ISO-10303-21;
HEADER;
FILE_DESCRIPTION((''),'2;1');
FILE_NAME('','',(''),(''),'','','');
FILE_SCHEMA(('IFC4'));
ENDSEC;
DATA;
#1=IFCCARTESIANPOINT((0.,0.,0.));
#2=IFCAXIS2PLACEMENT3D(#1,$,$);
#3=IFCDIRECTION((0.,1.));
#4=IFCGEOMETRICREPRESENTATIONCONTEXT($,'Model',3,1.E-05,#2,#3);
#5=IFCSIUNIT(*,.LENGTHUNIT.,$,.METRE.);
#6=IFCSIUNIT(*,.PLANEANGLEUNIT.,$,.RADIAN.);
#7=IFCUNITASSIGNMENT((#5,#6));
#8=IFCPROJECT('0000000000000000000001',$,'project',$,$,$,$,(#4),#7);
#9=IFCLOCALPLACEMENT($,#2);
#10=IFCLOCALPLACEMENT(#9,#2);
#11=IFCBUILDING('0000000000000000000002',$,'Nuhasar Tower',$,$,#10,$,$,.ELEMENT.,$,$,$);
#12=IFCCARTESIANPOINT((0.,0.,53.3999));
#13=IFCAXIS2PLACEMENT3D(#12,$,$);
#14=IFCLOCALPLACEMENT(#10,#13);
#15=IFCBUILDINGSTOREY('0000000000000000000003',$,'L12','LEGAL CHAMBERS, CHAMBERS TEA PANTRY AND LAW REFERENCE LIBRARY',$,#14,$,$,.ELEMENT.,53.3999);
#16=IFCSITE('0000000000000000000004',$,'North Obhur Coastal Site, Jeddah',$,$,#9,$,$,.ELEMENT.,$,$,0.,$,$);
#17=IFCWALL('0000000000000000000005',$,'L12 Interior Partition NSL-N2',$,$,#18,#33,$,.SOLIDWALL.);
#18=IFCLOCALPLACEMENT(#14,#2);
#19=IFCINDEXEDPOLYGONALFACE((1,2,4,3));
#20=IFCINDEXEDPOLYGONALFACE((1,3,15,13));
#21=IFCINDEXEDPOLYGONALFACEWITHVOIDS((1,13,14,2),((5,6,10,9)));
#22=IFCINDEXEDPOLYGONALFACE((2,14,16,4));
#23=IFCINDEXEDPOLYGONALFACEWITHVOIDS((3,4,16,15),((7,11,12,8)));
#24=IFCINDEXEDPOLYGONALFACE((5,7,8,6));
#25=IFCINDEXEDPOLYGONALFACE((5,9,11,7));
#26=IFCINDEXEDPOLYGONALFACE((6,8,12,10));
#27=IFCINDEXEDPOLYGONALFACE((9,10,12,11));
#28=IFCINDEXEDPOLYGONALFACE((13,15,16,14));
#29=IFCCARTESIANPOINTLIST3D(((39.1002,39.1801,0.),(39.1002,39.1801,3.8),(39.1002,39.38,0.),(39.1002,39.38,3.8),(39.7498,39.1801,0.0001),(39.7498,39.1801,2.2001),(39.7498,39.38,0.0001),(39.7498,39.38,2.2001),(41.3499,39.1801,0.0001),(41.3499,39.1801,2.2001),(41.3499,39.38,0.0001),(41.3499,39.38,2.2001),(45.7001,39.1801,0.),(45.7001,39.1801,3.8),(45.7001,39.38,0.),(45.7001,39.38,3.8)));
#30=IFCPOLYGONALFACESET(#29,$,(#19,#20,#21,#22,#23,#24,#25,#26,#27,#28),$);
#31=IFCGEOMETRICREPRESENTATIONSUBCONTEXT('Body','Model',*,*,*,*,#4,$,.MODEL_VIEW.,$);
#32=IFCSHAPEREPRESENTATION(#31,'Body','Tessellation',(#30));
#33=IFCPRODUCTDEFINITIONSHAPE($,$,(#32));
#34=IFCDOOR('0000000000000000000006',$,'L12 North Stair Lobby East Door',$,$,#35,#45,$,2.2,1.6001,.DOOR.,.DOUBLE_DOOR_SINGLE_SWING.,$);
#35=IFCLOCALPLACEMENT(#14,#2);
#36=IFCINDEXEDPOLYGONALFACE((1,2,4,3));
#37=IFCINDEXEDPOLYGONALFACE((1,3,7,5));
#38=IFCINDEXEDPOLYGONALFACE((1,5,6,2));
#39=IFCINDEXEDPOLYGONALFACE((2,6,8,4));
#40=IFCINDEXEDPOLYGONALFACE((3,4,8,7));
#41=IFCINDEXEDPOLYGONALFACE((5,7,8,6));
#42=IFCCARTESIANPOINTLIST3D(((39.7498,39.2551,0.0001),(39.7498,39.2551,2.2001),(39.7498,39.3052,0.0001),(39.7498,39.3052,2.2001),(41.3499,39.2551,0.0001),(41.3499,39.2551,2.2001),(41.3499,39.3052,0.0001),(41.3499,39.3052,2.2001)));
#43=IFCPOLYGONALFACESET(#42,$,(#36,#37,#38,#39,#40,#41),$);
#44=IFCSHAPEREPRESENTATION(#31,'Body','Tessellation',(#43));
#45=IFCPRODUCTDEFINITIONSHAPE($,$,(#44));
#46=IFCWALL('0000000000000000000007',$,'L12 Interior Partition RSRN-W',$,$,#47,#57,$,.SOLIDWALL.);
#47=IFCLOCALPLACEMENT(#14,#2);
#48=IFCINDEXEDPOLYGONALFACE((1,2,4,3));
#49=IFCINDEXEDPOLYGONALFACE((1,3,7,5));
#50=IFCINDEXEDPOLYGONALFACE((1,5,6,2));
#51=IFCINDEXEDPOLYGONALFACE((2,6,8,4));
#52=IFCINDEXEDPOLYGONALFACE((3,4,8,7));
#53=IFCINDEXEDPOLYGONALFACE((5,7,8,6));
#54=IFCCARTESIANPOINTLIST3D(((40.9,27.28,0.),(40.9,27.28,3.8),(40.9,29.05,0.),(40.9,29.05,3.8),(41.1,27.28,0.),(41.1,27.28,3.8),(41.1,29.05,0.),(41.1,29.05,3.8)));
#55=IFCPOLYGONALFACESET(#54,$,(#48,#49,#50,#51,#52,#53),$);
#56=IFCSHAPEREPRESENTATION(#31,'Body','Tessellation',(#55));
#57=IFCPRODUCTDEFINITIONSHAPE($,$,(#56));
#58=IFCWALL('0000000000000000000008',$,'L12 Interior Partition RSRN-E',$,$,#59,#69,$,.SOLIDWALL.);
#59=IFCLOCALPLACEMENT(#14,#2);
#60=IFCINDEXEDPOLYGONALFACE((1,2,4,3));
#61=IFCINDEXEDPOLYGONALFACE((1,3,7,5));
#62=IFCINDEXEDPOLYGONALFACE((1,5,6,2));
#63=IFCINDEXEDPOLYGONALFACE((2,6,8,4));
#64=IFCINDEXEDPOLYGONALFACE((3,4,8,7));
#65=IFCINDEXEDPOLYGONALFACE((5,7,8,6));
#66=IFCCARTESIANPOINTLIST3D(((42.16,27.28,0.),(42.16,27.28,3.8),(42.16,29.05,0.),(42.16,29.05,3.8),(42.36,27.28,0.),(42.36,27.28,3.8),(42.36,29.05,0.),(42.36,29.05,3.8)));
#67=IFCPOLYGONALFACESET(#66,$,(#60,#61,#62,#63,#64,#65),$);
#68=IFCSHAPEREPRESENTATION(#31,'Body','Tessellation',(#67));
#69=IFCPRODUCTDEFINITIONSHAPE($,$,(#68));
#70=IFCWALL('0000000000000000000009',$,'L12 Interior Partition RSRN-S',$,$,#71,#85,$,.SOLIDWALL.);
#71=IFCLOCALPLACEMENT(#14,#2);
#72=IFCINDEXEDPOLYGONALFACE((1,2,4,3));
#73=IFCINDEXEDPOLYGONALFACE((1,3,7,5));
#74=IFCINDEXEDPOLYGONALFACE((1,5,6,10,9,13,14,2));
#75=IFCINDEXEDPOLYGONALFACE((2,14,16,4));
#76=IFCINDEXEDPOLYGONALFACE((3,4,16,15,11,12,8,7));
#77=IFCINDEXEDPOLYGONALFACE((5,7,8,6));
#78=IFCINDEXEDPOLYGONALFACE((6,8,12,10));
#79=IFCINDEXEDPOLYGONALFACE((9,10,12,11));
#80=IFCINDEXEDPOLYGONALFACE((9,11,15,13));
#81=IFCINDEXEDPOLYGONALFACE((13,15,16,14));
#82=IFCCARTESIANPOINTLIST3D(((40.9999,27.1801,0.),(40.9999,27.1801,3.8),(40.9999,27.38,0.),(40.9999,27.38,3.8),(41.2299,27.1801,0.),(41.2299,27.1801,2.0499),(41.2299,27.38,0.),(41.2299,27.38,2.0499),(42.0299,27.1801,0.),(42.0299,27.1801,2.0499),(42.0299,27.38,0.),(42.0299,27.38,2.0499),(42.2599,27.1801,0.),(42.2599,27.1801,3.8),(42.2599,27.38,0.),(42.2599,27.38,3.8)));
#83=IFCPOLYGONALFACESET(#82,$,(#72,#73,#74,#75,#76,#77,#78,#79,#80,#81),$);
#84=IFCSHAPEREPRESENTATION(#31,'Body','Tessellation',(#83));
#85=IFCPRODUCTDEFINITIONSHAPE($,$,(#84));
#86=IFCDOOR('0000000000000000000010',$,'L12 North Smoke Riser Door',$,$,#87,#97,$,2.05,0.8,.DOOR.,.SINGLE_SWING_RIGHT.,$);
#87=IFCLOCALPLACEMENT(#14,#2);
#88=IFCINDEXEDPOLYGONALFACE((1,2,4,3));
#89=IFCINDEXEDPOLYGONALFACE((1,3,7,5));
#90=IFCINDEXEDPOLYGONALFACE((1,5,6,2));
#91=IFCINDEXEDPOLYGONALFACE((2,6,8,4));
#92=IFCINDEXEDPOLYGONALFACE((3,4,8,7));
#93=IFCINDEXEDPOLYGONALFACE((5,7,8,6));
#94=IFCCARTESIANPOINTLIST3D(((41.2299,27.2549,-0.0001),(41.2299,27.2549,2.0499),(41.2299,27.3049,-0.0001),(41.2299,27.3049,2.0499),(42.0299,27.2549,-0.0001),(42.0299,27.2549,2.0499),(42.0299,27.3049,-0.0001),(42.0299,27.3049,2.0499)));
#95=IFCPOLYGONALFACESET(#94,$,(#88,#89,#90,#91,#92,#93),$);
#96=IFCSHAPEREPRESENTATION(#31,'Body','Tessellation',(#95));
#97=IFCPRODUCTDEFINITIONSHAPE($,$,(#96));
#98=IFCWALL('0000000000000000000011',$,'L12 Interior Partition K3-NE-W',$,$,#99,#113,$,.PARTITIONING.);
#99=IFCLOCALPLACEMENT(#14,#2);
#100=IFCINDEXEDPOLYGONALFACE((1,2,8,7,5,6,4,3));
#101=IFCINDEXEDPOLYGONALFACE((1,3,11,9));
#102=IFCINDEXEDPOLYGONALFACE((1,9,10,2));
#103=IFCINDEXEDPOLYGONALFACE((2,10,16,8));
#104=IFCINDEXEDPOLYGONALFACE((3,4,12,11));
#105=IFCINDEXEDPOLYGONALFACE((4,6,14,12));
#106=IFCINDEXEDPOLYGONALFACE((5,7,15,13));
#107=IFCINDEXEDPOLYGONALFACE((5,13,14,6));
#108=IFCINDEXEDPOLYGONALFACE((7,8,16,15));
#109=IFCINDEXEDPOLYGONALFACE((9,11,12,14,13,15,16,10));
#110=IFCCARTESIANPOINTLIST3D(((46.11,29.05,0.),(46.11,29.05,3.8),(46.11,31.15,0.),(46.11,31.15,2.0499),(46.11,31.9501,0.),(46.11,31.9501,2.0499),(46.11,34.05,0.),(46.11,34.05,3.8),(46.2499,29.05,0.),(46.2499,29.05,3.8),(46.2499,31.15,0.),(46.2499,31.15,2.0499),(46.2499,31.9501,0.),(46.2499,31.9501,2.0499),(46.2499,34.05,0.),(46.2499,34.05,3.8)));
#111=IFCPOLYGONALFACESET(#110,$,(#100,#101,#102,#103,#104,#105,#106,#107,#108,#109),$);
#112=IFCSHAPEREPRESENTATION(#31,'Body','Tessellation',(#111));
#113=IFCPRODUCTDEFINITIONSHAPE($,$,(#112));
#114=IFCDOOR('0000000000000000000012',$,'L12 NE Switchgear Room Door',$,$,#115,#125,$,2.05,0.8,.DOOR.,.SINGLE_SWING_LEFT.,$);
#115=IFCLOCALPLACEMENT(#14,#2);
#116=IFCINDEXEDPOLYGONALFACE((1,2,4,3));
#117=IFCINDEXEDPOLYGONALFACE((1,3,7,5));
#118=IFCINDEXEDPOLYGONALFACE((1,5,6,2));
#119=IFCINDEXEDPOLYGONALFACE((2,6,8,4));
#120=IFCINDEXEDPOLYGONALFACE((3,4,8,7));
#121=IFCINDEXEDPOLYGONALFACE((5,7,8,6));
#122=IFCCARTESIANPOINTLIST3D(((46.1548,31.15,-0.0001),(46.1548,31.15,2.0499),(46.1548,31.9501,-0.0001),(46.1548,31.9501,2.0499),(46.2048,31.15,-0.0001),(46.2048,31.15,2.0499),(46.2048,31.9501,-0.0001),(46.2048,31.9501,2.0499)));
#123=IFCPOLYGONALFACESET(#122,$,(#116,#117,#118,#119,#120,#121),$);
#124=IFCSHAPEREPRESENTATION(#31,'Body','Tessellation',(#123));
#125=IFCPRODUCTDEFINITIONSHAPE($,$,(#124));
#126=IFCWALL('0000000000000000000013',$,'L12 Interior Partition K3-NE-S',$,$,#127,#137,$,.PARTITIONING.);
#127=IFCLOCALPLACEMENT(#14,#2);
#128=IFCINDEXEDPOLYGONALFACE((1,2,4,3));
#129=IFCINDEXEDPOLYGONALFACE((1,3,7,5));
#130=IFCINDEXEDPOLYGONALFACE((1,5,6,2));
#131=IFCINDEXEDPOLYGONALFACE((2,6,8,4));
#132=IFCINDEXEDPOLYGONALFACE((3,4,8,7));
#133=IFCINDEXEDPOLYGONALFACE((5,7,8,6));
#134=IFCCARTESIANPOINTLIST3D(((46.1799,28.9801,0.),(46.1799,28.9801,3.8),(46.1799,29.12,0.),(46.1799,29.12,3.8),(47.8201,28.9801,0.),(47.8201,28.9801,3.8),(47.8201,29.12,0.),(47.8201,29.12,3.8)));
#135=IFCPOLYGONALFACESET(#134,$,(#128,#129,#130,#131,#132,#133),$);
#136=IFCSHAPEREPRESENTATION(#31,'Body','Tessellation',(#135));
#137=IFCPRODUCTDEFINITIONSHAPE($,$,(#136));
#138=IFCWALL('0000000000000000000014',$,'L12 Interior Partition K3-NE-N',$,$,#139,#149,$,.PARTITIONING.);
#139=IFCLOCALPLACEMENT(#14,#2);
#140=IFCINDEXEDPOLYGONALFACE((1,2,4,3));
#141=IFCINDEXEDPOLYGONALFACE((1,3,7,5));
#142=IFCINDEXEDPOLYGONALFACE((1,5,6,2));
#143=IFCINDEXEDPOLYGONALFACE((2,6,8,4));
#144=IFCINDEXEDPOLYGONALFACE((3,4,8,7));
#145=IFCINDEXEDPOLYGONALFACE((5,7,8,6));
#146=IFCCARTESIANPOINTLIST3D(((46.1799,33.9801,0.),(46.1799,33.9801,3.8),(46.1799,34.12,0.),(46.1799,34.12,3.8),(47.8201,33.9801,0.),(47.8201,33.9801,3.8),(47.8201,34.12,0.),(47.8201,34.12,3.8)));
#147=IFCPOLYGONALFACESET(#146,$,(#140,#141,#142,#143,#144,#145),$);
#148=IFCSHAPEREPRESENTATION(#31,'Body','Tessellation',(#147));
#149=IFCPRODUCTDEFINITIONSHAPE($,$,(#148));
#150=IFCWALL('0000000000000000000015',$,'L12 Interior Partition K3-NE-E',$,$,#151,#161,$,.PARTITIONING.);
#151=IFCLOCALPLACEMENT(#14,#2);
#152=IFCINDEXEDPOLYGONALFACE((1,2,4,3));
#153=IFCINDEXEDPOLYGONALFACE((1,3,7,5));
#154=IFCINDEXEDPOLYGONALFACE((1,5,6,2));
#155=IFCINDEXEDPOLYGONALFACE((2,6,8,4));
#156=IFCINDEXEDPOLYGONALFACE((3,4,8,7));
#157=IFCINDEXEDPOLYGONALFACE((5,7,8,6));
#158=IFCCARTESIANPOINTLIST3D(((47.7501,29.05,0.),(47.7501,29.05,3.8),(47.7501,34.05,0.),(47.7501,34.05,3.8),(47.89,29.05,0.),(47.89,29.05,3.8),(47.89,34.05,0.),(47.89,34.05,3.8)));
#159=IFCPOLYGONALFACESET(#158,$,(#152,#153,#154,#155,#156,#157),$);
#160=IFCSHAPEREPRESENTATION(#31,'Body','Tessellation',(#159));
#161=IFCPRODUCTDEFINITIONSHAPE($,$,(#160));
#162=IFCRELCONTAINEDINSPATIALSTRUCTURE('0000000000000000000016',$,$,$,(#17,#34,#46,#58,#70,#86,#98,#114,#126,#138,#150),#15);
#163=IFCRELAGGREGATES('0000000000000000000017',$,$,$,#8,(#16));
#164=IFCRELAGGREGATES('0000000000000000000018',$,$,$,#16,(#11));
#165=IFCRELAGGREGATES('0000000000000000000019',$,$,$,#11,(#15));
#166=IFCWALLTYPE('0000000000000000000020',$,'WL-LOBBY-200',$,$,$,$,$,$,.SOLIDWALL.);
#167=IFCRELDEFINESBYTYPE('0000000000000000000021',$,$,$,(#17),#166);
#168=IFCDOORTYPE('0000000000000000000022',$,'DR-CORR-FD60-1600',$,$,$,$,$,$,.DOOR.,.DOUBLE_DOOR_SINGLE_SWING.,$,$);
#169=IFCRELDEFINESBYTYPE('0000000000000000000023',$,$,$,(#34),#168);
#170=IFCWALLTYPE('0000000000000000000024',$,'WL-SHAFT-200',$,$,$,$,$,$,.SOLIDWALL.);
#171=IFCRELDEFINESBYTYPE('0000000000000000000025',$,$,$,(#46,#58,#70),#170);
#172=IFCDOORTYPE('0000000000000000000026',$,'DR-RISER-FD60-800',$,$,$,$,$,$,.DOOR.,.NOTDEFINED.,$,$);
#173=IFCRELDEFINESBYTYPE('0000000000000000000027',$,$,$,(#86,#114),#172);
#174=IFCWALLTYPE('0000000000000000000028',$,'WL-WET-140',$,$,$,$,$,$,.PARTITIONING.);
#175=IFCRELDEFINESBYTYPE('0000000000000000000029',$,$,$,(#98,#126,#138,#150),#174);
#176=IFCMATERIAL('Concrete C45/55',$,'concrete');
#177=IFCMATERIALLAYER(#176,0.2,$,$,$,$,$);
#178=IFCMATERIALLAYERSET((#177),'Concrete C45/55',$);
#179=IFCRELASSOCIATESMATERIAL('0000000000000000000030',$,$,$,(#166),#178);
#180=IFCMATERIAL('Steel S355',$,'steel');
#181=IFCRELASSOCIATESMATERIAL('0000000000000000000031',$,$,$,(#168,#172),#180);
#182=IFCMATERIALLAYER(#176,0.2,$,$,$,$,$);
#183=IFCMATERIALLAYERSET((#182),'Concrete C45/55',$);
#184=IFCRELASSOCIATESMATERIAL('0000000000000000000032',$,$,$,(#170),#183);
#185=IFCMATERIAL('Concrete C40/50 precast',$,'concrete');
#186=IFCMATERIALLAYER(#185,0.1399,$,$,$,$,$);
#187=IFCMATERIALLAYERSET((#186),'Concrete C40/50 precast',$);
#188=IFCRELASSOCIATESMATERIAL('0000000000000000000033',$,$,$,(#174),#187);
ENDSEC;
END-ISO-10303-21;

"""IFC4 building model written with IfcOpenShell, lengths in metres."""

from ifc_helpers import new_model, si_unit, direction, frame, frame_2d, origin, place, context, subcontext, project, spatial, rectangle, extrude, material, layer, layer_set, type_object, element, fill, save


model = new_model("IFC4")

# Units and contexts
model_context = context("Model", 3, precision=1e-05, world=origin(), true_north=direction((0.0, 1.0)))
body_context = subcontext(model_context, "Body", "Model", "MODEL_VIEW")
ifc_project = project(units=[si_unit("LENGTHUNIT", "METRE"), si_unit("PLANEANGLEUNIT", "RADIAN")], contexts=[model_context])

# Site, building, storey
site_placement = place(None, origin())
site = spatial("IfcSite", under=ifc_project, at=site_placement, Name="North Obhur Coastal Site, Jeddah", CompositionType="ELEMENT", RefElevation=0.0)
building_placement = place(site_placement, origin())
building = spatial("IfcBuilding", under=site, at=building_placement, Name="Nuhasar Tower", CompositionType="ELEMENT")
storey_placement = place(building_placement, frame((0.0, 0.0, 53.3999)))
storey = spatial("IfcBuildingStorey", under=building, at=storey_placement, Name="L12", Description="LEGAL CHAMBERS, CHAMBERS TEA PANTRY AND LAW REFERENCE LIBRARY", CompositionType="ELEMENT", Elevation=53.3999)

# Shared definitions
ifc_material_1 = material(Name="Steel S355", Category="steel")

# Shared definitions
ifc_material_2 = material(Name="Concrete C45/55", Category="concrete")
ifc_layer_1 = layer(ifc_material_2, 0.2)
ifc_layer_set_1 = layer_set([ifc_layer_1], Name="Concrete C45/55")
wall_type_1 = type_object("IfcWallType", Name="WL-LOBBY-200", PredefinedType="SOLIDWALL", material=ifc_layer_set_1)

# Wall, opening, door
wall_1_placement = place(storey_placement, frame((45.7, 39.28, 0.0), z_axis=(0.0, 0.0, 1.0), x_axis=(-1.0, 0.0, 0.0)))
wall_1 = element("IfcWall", 1, at=wall_1_placement, inside=storey, type_object=wall_type_1, Name="L12 Interior Partition NSL-N2", PredefinedType="SOLIDWALL", context=body_context, shape_type="SweptSolid", body=[
    extrude(rectangle(XDim=6.5999, YDim=0.2, at=frame_2d((3.2998, 0.0))), origin(), (0.0, 0.0, 1.0), 3.8),
])
opening_1_placement = place(wall_1_placement, frame((4.3501, 0.0, 0.0)))
opening_1 = element("IfcOpeningElement", 2, at=opening_1_placement, cuts=wall_1, PredefinedType="OPENING", context=body_context, shape_type="SweptSolid", body=[
    extrude(rectangle(XDim=1.6001, YDim=2.2, at=frame_2d((0.8, 1.1001))), frame((0.0, 0.1099, 0.0), z_axis=(0.0, -1.0, 0.0), x_axis=(1.0, 0.0, 0.0)), (0.0, 0.0, 1.0), 0.22),
])
door_type_1 = type_object("IfcDoorType", Name="DR-CORR-FD60-1600", OperationType="DOUBLE_DOOR_SINGLE_SWING", PredefinedType="DOOR", material=ifc_material_1)
door_1_placement = place(opening_1_placement, origin())
door_1 = element("IfcDoor", 3, at=door_1_placement, inside=storey, type_object=door_type_1, Name="L12 North Stair Lobby East Door", OperationType="DOUBLE_DOOR_SINGLE_SWING", OverallHeight=2.2, OverallWidth=1.6001, PredefinedType="DOOR", context=body_context, shape_type="SweptSolid", body=[
    extrude(rectangle(XDim=1.6001, YDim=2.2, at=frame_2d((0.8, 1.1001))), frame((0.0, 0.0249, 0.0), z_axis=(0.0, -1.0, 0.0), x_axis=(1.0, 0.0, 0.0)), (0.0, 0.0, 1.0), 0.05),
])
fill(opening_1, door_1)

# Walls
ifc_layer_2 = layer(ifc_material_2, 0.2)
ifc_layer_set_2 = layer_set([ifc_layer_2], Name="Concrete C45/55")
wall_type_2 = type_object("IfcWallType", Name="WL-SHAFT-200", PredefinedType="SOLIDWALL", material=ifc_layer_set_2)
for number, where, z_axis, x_axis, name in (
    (4, (41.0, 27.28, 0.0), (0.0, 0.0, 1.0), (0.0, 1.0, 0.0), "L12 Interior Partition RSRN-W"),
    (5, (42.26, 27.28, 0.0), (0.0, 0.0, 1.0), (0.0, 1.0, 0.0), "L12 Interior Partition RSRN-E"),
):
    element("IfcWall", number, at=place(storey_placement, frame(where, z_axis=z_axis, x_axis=x_axis)), inside=storey, type_object=wall_type_2, Name=name, PredefinedType="SOLIDWALL", context=body_context, shape_type="SweptSolid", body=[
        extrude(rectangle(XDim=1.77, YDim=0.2, at=frame_2d((0.885, 0.0))), origin(), (0.0, 0.0, 1.0), 3.8),
    ])

# Walls, openings, doors
wall_2_placement = place(storey_placement, frame((41.0, 27.28, 0.0), z_axis=(0.0, 0.0, 1.0), x_axis=(1.0, 0.0, 0.0)))
wall_2 = element("IfcWall", 6, at=wall_2_placement, inside=storey, type_object=wall_type_2, Name="L12 Interior Partition RSRN-S", PredefinedType="SOLIDWALL", context=body_context, shape_type="SweptSolid", body=[
    extrude(rectangle(XDim=1.26, YDim=0.2, at=frame_2d((0.6299, 0.0))), origin(), (0.0, 0.0, 1.0), 3.8),
])
opening_2_placement = place(wall_2_placement, frame((0.23, 0.0, 0.0)))
opening_2 = element("IfcOpeningElement", 7, at=opening_2_placement, cuts=wall_2, PredefinedType="OPENING", context=body_context, shape_type="SweptSolid", body=[
    extrude(rectangle(XDim=0.8, YDim=2.05, at=frame_2d((0.3999, 1.0249))), frame((0.0, 0.1099, 0.0), z_axis=(0.0, -1.0, 0.0), x_axis=(1.0, 0.0, 0.0)), (0.0, 0.0, 1.0), 0.22),
])
door_type_2 = type_object("IfcDoorType", Name="DR-RISER-FD60-800", OperationType="NOTDEFINED", PredefinedType="DOOR", material=ifc_material_1)
door_2_placement = place(opening_2_placement, origin())
door_2 = element("IfcDoor", 8, at=door_2_placement, inside=storey, type_object=door_type_2, Name="L12 North Smoke Riser Door", OperationType="SINGLE_SWING_RIGHT", OverallHeight=2.05, OverallWidth=0.8, PredefinedType="DOOR", context=body_context, shape_type="SweptSolid", body=[
    extrude(rectangle(XDim=0.8, YDim=2.05, at=frame_2d((0.3999, 1.0249))), frame((0.0, 0.0249, 0.0), z_axis=(0.0, -1.0, 0.0), x_axis=(1.0, 0.0, 0.0)), (0.0, 0.0, 1.0), 0.05),
])
fill(opening_2, door_2)
ifc_material_3 = material(Name="Concrete C40/50 precast", Category="concrete")
ifc_layer_3 = layer(ifc_material_3, 0.1399)
ifc_layer_set_3 = layer_set([ifc_layer_3], Name="Concrete C40/50 precast")
wall_type_3 = type_object("IfcWallType", Name="WL-WET-140", PredefinedType="PARTITIONING", material=ifc_layer_set_3)
wall_3_placement = place(storey_placement, frame((46.1799, 34.05, 0.0), z_axis=(0.0, 0.0, 1.0), x_axis=(0.0, -1.0, 0.0)))
wall_3 = element("IfcWall", 9, at=wall_3_placement, inside=storey, type_object=wall_type_3, Name="L12 Interior Partition K3-NE-W", PredefinedType="PARTITIONING", context=body_context, shape_type="SweptSolid", body=[
    extrude(rectangle(XDim=5.0, YDim=0.1399, at=frame_2d((2.5, 0.0))), origin(), (0.0, 0.0, 1.0), 3.8),
])
opening_3_placement = place(wall_3_placement, frame((2.1001, 0.0, 0.0)))
opening_3 = element("IfcOpeningElement", 10, at=opening_3_placement, cuts=wall_3, PredefinedType="OPENING", context=body_context, shape_type="SweptSolid", body=[
    extrude(rectangle(XDim=0.8, YDim=2.05, at=frame_2d((0.3999, 1.0249))), frame((0.0, 0.0801, 0.0), z_axis=(0.0, -1.0, 0.0), x_axis=(1.0, 0.0, 0.0)), (0.0, 0.0, 1.0), 0.1599),
])
door_3_placement = place(opening_3_placement, origin())
door_3 = element("IfcDoor", 11, at=door_3_placement, inside=storey, type_object=door_type_2, Name="L12 NE Switchgear Room Door", OperationType="SINGLE_SWING_LEFT", OverallHeight=2.05, OverallWidth=0.8, PredefinedType="DOOR", context=body_context, shape_type="SweptSolid", body=[
    extrude(rectangle(XDim=0.8, YDim=2.05, at=frame_2d((0.3999, 1.0249))), frame((0.0, 0.0249, 0.0), z_axis=(0.0, -1.0, 0.0), x_axis=(1.0, 0.0, 0.0)), (0.0, 0.0, 1.0), 0.05),
])
fill(opening_3, door_3)

# Walls
for number, where, z_axis, x_axis, name in (
    (12, (46.1799, 29.05, 0.0), (0.0, 0.0, 1.0), (1.0, 0.0, 0.0), "L12 Interior Partition K3-NE-S"),
    (13, (46.1799, 34.05, 0.0), (0.0, 0.0, 1.0), (1.0, 0.0, 0.0), "L12 Interior Partition K3-NE-N"),
):
    element("IfcWall", number, at=place(storey_placement, frame(where, z_axis=z_axis, x_axis=x_axis)), inside=storey, type_object=wall_type_3, Name=name, PredefinedType="PARTITIONING", context=body_context, shape_type="SweptSolid", body=[
        extrude(rectangle(XDim=1.6401, YDim=0.1399, at=frame_2d((0.8201, 0.0))), origin(), (0.0, 0.0, 1.0), 3.8),
    ])
wall_4_placement = place(storey_placement, frame((47.8201, 29.05, 0.0), z_axis=(0.0, 0.0, 1.0), x_axis=(0.0, 1.0, 0.0)))
element("IfcWall", 14, at=wall_4_placement, inside=storey, type_object=wall_type_3, Name="L12 Interior Partition K3-NE-E", PredefinedType="PARTITIONING", context=body_context, shape_type="SweptSolid", body=[
    extrude(rectangle(XDim=5.0, YDim=0.1399, at=frame_2d((2.5, 0.0))), origin(), (0.0, 0.0, 1.0), 3.8),
])

save(model, "model.ifc")
